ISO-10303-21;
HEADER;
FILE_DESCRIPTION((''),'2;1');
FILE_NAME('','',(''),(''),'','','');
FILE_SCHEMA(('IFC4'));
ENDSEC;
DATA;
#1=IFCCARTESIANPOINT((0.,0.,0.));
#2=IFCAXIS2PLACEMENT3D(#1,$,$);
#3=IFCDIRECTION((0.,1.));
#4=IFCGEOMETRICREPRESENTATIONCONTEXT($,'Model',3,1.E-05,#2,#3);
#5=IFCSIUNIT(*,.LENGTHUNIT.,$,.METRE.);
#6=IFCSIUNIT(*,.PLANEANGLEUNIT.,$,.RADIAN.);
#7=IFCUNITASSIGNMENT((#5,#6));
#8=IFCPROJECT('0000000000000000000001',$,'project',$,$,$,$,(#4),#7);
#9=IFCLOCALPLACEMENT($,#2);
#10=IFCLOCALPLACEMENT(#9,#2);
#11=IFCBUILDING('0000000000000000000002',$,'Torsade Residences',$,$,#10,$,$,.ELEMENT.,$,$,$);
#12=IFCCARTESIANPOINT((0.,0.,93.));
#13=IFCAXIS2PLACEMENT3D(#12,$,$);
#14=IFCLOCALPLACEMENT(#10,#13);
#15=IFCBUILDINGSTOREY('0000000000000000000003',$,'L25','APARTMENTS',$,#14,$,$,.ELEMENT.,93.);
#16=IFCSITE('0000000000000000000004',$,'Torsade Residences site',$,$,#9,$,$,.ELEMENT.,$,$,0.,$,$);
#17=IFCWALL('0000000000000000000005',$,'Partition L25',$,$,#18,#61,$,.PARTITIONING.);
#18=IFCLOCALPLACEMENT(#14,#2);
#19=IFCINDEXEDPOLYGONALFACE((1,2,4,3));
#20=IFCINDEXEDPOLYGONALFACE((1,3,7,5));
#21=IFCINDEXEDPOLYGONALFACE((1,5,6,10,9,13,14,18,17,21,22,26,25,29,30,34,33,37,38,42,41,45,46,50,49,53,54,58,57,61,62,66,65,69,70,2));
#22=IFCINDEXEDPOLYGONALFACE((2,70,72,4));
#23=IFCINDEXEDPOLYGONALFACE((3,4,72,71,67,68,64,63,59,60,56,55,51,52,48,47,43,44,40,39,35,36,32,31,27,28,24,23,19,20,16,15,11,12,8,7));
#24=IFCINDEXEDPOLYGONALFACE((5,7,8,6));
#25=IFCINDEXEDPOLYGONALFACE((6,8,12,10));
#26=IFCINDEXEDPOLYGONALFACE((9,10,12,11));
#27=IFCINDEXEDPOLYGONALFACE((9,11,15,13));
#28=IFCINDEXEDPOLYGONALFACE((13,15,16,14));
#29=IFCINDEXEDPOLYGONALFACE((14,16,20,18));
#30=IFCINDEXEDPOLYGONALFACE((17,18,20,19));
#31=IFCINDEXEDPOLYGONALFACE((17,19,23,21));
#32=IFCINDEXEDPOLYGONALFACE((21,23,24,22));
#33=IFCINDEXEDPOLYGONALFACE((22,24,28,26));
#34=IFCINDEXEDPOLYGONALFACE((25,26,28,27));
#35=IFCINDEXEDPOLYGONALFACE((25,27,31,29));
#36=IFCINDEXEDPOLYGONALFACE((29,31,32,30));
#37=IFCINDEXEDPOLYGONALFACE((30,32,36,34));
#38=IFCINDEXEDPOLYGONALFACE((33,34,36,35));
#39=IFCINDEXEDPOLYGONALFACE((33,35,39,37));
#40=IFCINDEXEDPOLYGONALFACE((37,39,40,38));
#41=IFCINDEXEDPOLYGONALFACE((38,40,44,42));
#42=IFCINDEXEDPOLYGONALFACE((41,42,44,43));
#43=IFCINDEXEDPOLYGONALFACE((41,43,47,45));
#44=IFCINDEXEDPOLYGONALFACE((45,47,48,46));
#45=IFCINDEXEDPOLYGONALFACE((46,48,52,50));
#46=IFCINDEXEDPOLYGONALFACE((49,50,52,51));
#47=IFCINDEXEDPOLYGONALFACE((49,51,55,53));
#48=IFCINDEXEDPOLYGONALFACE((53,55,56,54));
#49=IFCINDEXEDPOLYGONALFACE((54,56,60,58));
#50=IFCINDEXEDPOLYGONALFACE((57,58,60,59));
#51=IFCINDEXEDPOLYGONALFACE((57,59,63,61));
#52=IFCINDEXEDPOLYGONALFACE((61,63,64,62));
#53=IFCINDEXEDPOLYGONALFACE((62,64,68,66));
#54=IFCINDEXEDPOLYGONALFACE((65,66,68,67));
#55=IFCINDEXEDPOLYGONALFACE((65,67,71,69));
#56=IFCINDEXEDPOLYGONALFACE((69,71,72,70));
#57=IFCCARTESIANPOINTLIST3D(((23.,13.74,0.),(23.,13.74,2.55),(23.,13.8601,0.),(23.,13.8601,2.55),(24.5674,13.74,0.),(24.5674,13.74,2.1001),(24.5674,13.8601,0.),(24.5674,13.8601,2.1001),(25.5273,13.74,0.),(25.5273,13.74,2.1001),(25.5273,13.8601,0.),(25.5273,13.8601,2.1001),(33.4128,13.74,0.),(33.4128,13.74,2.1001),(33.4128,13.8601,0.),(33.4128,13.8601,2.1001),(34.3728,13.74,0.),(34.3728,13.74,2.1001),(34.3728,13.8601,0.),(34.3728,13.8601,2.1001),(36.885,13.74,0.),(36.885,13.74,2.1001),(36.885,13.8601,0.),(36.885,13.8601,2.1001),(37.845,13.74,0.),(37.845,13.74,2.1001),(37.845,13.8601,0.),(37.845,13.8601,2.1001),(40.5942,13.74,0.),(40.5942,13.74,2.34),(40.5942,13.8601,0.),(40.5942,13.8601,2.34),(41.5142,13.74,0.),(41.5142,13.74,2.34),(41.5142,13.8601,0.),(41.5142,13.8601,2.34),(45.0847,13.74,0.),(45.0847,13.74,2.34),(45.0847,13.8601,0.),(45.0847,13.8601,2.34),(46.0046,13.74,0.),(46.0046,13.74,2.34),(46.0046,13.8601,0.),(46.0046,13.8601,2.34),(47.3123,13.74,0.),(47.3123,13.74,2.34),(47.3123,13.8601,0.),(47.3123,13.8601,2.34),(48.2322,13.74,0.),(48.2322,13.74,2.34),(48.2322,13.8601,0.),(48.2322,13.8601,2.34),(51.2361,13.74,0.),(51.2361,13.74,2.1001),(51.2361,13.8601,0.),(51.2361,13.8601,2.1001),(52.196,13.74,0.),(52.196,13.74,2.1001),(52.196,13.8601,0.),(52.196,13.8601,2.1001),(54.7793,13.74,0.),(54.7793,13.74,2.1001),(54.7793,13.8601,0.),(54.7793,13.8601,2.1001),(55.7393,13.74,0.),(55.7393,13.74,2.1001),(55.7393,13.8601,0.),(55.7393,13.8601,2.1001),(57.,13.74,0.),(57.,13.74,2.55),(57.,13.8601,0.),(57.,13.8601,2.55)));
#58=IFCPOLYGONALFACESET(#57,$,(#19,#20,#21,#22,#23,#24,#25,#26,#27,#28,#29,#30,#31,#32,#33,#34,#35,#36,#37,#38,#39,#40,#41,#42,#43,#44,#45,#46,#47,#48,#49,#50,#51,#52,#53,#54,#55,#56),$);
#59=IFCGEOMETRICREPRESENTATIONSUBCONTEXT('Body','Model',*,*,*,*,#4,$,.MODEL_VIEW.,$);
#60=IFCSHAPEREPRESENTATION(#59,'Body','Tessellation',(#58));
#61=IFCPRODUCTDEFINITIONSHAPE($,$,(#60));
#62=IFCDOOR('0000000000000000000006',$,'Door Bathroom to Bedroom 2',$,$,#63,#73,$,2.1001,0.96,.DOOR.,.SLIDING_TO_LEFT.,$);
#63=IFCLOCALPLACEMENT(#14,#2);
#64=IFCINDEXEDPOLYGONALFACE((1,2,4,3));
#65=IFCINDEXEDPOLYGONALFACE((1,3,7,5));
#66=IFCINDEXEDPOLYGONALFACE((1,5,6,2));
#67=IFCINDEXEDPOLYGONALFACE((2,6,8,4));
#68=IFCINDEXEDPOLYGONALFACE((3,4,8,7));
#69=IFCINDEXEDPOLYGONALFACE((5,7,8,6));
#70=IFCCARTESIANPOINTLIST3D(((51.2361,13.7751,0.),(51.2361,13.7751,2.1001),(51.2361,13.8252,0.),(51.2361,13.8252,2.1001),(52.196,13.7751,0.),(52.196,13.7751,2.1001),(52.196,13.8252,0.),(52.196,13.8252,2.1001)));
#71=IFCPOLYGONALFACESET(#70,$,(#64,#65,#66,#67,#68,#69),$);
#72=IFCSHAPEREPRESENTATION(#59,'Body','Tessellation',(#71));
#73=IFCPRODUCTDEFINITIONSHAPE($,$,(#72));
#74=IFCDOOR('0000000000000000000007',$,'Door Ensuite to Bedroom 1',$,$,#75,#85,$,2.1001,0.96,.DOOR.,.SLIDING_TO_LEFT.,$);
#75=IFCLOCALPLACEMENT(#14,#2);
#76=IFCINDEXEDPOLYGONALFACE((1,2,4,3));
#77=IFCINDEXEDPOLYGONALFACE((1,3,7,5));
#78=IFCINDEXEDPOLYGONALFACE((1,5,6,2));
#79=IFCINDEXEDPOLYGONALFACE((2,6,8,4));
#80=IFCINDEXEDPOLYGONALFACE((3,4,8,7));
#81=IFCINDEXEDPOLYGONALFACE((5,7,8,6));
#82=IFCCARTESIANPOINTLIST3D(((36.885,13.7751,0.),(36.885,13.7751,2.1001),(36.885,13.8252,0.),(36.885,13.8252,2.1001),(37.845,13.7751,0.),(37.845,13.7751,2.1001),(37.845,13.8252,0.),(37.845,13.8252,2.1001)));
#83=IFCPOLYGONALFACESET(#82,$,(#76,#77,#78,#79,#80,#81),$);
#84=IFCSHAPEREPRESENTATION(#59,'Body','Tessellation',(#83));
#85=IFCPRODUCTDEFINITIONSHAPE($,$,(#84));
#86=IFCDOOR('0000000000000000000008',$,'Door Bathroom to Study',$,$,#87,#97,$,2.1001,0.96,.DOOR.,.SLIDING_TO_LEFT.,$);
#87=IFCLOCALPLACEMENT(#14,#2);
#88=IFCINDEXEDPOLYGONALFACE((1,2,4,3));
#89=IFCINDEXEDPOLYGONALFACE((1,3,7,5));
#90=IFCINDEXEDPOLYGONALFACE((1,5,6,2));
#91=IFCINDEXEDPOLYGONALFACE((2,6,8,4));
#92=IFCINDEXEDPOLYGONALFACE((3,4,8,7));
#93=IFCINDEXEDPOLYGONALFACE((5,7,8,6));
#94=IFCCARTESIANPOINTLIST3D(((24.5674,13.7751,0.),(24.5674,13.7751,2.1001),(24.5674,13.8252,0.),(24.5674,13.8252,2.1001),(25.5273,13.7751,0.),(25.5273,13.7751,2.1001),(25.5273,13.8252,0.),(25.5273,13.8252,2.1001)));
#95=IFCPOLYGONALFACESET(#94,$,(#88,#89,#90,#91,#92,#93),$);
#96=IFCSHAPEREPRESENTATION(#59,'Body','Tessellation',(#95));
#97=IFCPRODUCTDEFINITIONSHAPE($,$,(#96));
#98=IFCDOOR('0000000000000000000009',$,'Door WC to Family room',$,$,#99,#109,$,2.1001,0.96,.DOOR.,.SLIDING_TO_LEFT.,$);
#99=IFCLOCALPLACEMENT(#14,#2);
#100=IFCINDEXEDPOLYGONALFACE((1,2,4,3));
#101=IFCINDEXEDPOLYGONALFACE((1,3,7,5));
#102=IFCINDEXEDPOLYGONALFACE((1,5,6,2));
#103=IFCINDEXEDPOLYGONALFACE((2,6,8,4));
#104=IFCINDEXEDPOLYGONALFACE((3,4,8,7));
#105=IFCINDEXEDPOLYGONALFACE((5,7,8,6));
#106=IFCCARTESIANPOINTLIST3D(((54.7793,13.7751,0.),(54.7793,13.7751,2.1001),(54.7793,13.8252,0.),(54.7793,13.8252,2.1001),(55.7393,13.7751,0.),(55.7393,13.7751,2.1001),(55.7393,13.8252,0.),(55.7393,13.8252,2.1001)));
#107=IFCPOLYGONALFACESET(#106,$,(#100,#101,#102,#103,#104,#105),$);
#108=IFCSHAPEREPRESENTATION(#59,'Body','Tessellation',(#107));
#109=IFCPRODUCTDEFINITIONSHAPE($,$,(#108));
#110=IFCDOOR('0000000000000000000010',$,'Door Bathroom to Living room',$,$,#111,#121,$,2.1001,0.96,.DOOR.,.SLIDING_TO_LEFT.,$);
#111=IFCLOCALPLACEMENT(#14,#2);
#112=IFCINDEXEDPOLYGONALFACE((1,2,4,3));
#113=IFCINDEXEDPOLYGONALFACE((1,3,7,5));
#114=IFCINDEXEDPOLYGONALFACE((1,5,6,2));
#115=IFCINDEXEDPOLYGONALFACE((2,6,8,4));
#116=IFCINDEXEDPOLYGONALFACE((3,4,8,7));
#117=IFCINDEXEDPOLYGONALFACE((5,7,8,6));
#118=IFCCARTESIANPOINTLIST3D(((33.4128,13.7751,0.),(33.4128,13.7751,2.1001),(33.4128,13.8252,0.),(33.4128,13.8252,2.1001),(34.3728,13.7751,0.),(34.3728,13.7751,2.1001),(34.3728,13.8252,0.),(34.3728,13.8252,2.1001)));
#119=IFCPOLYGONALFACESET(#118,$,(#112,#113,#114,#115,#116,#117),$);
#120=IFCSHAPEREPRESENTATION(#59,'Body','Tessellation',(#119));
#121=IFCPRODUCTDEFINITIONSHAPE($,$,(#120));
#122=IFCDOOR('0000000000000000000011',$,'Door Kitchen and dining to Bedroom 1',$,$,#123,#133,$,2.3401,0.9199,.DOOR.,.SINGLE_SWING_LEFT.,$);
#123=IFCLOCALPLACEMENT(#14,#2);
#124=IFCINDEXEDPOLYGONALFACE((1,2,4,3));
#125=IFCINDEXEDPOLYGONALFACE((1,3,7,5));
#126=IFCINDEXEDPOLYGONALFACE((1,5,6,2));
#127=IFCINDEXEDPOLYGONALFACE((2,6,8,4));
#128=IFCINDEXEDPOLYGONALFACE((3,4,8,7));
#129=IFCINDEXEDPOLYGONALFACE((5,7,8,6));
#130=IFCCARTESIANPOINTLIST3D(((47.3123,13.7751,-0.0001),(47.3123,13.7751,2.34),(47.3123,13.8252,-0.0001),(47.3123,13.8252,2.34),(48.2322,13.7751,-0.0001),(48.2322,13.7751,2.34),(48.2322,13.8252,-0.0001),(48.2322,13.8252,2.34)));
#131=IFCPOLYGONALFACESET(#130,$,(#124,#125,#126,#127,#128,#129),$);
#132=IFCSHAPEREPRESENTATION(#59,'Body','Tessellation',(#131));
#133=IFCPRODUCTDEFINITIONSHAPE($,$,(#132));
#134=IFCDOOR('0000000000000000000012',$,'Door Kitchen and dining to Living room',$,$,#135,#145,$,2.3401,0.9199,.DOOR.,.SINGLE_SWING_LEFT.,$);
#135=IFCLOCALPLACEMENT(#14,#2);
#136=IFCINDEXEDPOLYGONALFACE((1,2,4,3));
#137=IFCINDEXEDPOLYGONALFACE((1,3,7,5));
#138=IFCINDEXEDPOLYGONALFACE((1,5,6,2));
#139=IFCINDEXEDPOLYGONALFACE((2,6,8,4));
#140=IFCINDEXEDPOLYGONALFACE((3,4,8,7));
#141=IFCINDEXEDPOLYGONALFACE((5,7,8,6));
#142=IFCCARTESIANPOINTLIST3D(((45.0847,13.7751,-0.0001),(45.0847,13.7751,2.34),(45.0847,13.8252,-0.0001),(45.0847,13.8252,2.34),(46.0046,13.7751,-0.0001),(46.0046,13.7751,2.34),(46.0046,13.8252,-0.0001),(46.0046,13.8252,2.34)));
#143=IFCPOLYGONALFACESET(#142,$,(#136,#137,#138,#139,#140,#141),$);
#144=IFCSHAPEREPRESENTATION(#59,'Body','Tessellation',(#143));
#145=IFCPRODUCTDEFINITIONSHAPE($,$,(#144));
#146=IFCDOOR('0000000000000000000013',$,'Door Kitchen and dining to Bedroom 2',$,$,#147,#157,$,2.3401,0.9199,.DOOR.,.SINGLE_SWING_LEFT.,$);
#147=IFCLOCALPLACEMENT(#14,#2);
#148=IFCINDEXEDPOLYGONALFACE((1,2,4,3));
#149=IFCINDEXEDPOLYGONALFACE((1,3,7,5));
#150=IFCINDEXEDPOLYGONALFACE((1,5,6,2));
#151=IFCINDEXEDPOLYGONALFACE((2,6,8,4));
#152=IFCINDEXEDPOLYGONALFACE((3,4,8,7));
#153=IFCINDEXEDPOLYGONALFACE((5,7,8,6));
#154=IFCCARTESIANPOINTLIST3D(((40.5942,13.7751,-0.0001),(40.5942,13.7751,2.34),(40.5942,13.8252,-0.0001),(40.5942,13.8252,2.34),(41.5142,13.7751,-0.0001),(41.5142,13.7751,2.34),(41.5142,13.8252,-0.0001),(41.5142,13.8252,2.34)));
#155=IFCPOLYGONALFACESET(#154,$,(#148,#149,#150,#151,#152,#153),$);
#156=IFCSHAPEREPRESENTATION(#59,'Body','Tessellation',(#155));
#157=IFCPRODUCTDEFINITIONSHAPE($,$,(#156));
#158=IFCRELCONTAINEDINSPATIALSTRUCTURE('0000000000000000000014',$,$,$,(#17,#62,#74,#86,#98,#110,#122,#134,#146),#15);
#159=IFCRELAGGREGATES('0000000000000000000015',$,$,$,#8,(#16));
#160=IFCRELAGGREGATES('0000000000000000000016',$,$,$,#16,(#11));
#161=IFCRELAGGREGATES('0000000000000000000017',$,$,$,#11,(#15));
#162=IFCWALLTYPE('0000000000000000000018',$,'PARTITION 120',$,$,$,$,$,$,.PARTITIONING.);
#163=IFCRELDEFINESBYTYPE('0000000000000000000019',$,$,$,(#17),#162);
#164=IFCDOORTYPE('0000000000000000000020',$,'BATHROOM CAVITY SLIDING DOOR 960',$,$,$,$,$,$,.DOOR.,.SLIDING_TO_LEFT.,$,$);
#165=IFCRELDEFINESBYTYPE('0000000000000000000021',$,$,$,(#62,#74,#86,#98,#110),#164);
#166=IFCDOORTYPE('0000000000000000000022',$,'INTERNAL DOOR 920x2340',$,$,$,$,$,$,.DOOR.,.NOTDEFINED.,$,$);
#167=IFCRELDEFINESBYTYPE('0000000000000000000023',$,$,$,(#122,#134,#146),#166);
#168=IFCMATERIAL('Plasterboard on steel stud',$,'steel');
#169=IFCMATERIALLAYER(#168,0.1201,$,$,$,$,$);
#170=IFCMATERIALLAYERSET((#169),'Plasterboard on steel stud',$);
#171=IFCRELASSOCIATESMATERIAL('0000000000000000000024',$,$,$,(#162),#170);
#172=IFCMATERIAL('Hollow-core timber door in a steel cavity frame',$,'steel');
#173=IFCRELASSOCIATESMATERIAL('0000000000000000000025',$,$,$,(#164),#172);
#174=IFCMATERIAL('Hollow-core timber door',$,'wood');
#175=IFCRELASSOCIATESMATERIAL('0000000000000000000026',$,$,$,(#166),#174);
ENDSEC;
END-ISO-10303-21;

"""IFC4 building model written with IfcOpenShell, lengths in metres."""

from ifc_helpers import new_model, si_unit, direction, frame, frame_2d, origin, place, context, subcontext, project, spatial, rectangle, extrude, material, layer, layer_set, type_object, element, fill, save


model = new_model("IFC4")

# Units and contexts
model_context = context("Model", 3, precision=1e-05, world=origin(), true_north=direction((0.0, 1.0)))
body_context = subcontext(model_context, "Body", "Model", "MODEL_VIEW")
ifc_project = project(units=[si_unit("LENGTHUNIT", "METRE"), si_unit("PLANEANGLEUNIT", "RADIAN")], contexts=[model_context])

# Site, building, storey
site_placement = place(None, origin())
site = spatial("IfcSite", under=ifc_project, at=site_placement, Name="Torsade Residences site", CompositionType="ELEMENT", RefElevation=0.0)
building_placement = place(site_placement, origin())
building = spatial("IfcBuilding", under=site, at=building_placement, Name="Torsade Residences", CompositionType="ELEMENT")
storey_placement = place(building_placement, frame((0.0, 0.0, 93.0)))
storey = spatial("IfcBuildingStorey", under=building, at=storey_placement, Name="L25", Description="APARTMENTS", CompositionType="ELEMENT", Elevation=93.0)

# Wall, openings, doors
ifc_material_1 = material(Name="Plasterboard on steel stud", Category="steel")
ifc_layer_1 = layer(ifc_material_1, 0.1201)
ifc_layer_set_1 = layer_set([ifc_layer_1], Name="Plasterboard on steel stud")
wall_type_1 = type_object("IfcWallType", Name="PARTITION 120", PredefinedType="PARTITIONING", material=ifc_layer_set_1)
wall_1_placement = place(storey_placement, frame((57.0, 13.8, 0.0), z_axis=(0.0, 0.0, 1.0), x_axis=(-1.0, 0.0, 0.0)))
wall_1 = element("IfcWall", 1, at=wall_1_placement, inside=storey, type_object=wall_type_1, Name="Partition L25", PredefinedType="PARTITIONING", context=body_context, shape_type="SweptSolid", body=[
    extrude(rectangle(XDim=34.0, YDim=0.1201, at=frame_2d((17.0, 0.0))), origin(), (0.0, 0.0, 1.0), 2.55),
])
opening_1_placement = place(wall_1_placement, frame((8.7678, 0.0, 0.0)))
opening_1 = element("IfcOpeningElement", 2, at=opening_1_placement, cuts=wall_1, PredefinedType="OPENING", context=body_context, shape_type="SweptSolid", body=[
    extrude(rectangle(XDim=0.9199, YDim=2.3401, at=frame_2d((0.46, 1.1699))), frame((0.0, 0.0701, 0.0), z_axis=(0.0, -1.0, 0.0), x_axis=(1.0, 0.0, 0.0)), (0.0, 0.0, 1.0), 0.1401),
])
opening_2_placement = place(wall_1_placement, frame((10.9954, 0.0, 0.0)))
opening_2 = element("IfcOpeningElement", 3, at=opening_2_placement, cuts=wall_1, PredefinedType="OPENING", context=body_context, shape_type="SweptSolid", body=[
    extrude(rectangle(XDim=0.9199, YDim=2.3401, at=frame_2d((0.46, 1.1699))), frame((0.0, 0.0701, 0.0), z_axis=(0.0, -1.0, 0.0), x_axis=(1.0, 0.0, 0.0)), (0.0, 0.0, 1.0), 0.1401),
])
opening_3_placement = place(wall_1_placement, frame((15.4858, 0.0, 0.0)))
opening_3 = element("IfcOpeningElement", 4, at=opening_3_placement, cuts=wall_1, PredefinedType="OPENING", context=body_context, shape_type="SweptSolid", body=[
    extrude(rectangle(XDim=0.9199, YDim=2.3401, at=frame_2d((0.46, 1.1699))), frame((0.0, 0.0701, 0.0), z_axis=(0.0, -1.0, 0.0), x_axis=(1.0, 0.0, 0.0)), (0.0, 0.0, 1.0), 0.1401),
])
opening_4_placement = place(wall_1_placement, frame((4.804, 0.0, 0.0)))
opening_4 = element("IfcOpeningElement", 5, at=opening_4_placement, cuts=wall_1, PredefinedType="OPENING", context=body_context, shape_type="SweptSolid", body=[
    extrude(rectangle(XDim=0.96, YDim=2.1001, at=frame_2d((0.48, 1.05))), frame((0.0, 0.0701, 0.0), z_axis=(0.0, -1.0, 0.0), x_axis=(1.0, 0.0, 0.0)), (0.0, 0.0, 1.0), 0.1401),
])
opening_5_placement = place(wall_1_placement, frame((19.155, 0.0, 0.0)))
opening_5 = element("IfcOpeningElement", 6, at=opening_5_placement, cuts=wall_1, PredefinedType="OPENING", context=body_context, shape_type="SweptSolid", body=[
    extrude(rectangle(XDim=0.96, YDim=2.1001, at=frame_2d((0.48, 1.05))), frame((0.0, 0.0701, 0.0), z_axis=(0.0, -1.0, 0.0), x_axis=(1.0, 0.0, 0.0)), (0.0, 0.0, 1.0), 0.1401),
])
opening_6_placement = place(wall_1_placement, frame((31.4727, 0.0, 0.0)))
opening_6 = element("IfcOpeningElement", 7, at=opening_6_placement, cuts=wall_1, PredefinedType="OPENING", context=body_context, shape_type="SweptSolid", body=[
    extrude(rectangle(XDim=0.96, YDim=2.1001, at=frame_2d((0.48, 1.05))), frame((0.0, 0.0701, 0.0), z_axis=(0.0, -1.0, 0.0), x_axis=(1.0, 0.0, 0.0)), (0.0, 0.0, 1.0), 0.1401),
])
opening_7_placement = place(wall_1_placement, frame((1.2607, 0.0, 0.0)))
opening_7 = element("IfcOpeningElement", 8, at=opening_7_placement, cuts=wall_1, PredefinedType="OPENING", context=body_context, shape_type="SweptSolid", body=[
    extrude(rectangle(XDim=0.96, YDim=2.1001, at=frame_2d((0.48, 1.05))), frame((0.0, 0.0701, 0.0), z_axis=(0.0, -1.0, 0.0), x_axis=(1.0, 0.0, 0.0)), (0.0, 0.0, 1.0), 0.1401),
])
opening_8_placement = place(wall_1_placement, frame((22.6272, 0.0, 0.0)))
opening_8 = element("IfcOpeningElement", 9, at=opening_8_placement, cuts=wall_1, PredefinedType="OPENING", context=body_context, shape_type="SweptSolid", body=[
    extrude(rectangle(XDim=0.96, YDim=2.1001, at=frame_2d((0.48, 1.05))), frame((0.0, 0.0701, 0.0), z_axis=(0.0, -1.0, 0.0), x_axis=(1.0, 0.0, 0.0)), (0.0, 0.0, 1.0), 0.1401),
])
ifc_material_2 = material(Name="Hollow-core timber door in a steel cavity frame", Category="steel")
door_type_1 = type_object("IfcDoorType", Name="BATHROOM CAVITY SLIDING DOOR 960", OperationType="SLIDING_TO_LEFT", PredefinedType="DOOR", material=ifc_material_2)
door_1_placement = place(opening_4_placement, origin())
door_1 = element("IfcDoor", 10, at=door_1_placement, inside=storey, type_object=door_type_1, Name="Door Bathroom to Bedroom 2", OperationType="SLIDING_TO_LEFT", OverallHeight=2.1001, OverallWidth=0.96, PredefinedType="DOOR", context=body_context, shape_type="SweptSolid", body=[
    extrude(rectangle(XDim=0.96, YDim=2.1001, at=frame_2d((0.48, 1.05))), frame((0.0, 0.0249, 0.0), z_axis=(0.0, -1.0, 0.0), x_axis=(1.0, 0.0, 0.0)), (0.0, 0.0, 1.0), 0.05),
])
fill(opening_4, door_1)
door_2_placement = place(opening_5_placement, origin())
door_2 = element("IfcDoor", 11, at=door_2_placement, inside=storey, type_object=door_type_1, Name="Door Ensuite to Bedroom 1", OperationType="SLIDING_TO_LEFT", OverallHeight=2.1001, OverallWidth=0.96, PredefinedType="DOOR", context=body_context, shape_type="SweptSolid", body=[
    extrude(rectangle(XDim=0.96, YDim=2.1001, at=frame_2d((0.48, 1.05))), frame((0.0, 0.0249, 0.0), z_axis=(0.0, -1.0, 0.0), x_axis=(1.0, 0.0, 0.0)), (0.0, 0.0, 1.0), 0.05),
])
fill(opening_5, door_2)
door_3_placement = place(opening_6_placement, origin())
door_3 = element("IfcDoor", 12, at=door_3_placement, inside=storey, type_object=door_type_1, Name="Door Bathroom to Study", OperationType="SLIDING_TO_LEFT", OverallHeight=2.1001, OverallWidth=0.96, PredefinedType="DOOR", context=body_context, shape_type="SweptSolid", body=[
    extrude(rectangle(XDim=0.96, YDim=2.1001, at=frame_2d((0.48, 1.05))), frame((0.0, 0.0249, 0.0), z_axis=(0.0, -1.0, 0.0), x_axis=(1.0, 0.0, 0.0)), (0.0, 0.0, 1.0), 0.05),
])
fill(opening_6, door_3)
door_4_placement = place(opening_7_placement, origin())
door_4 = element("IfcDoor", 13, at=door_4_placement, inside=storey, type_object=door_type_1, Name="Door WC to Family room", OperationType="SLIDING_TO_LEFT", OverallHeight=2.1001, OverallWidth=0.96, PredefinedType="DOOR", context=body_context, shape_type="SweptSolid", body=[
    extrude(rectangle(XDim=0.96, YDim=2.1001, at=frame_2d((0.48, 1.05))), frame((0.0, 0.0249, 0.0), z_axis=(0.0, -1.0, 0.0), x_axis=(1.0, 0.0, 0.0)), (0.0, 0.0, 1.0), 0.05),
])
fill(opening_7, door_4)
door_5_placement = place(opening_8_placement, origin())
door_5 = element("IfcDoor", 14, at=door_5_placement, inside=storey, type_object=door_type_1, Name="Door Bathroom to Living room", OperationType="SLIDING_TO_LEFT", OverallHeight=2.1001, OverallWidth=0.96, PredefinedType="DOOR", context=body_context, shape_type="SweptSolid", body=[
    extrude(rectangle(XDim=0.96, YDim=2.1001, at=frame_2d((0.48, 1.05))), frame((0.0, 0.0249, 0.0), z_axis=(0.0, -1.0, 0.0), x_axis=(1.0, 0.0, 0.0)), (0.0, 0.0, 1.0), 0.05),
])
fill(opening_8, door_5)
ifc_material_3 = material(Name="Hollow-core timber door", Category="wood")
door_type_2 = type_object("IfcDoorType", Name="INTERNAL DOOR 920x2340", OperationType="NOTDEFINED", PredefinedType="DOOR", material=ifc_material_3)
door_6_placement = place(opening_1_placement, origin())
door_6 = element("IfcDoor", 15, at=door_6_placement, inside=storey, type_object=door_type_2, Name="Door Kitchen and dining to Bedroom 1", OperationType="SINGLE_SWING_LEFT", OverallHeight=2.3401, OverallWidth=0.9199, PredefinedType="DOOR", context=body_context, shape_type="SweptSolid", body=[
    extrude(rectangle(XDim=0.9199, YDim=2.3401, at=frame_2d((0.46, 1.1699))), frame((0.0, 0.0249, 0.0), z_axis=(0.0, -1.0, 0.0), x_axis=(1.0, 0.0, 0.0)), (0.0, 0.0, 1.0), 0.05),
])
fill(opening_1, door_6)
door_7_placement = place(opening_2_placement, origin())
door_7 = element("IfcDoor", 16, at=door_7_placement, inside=storey, type_object=door_type_2, Name="Door Kitchen and dining to Living room", OperationType="SINGLE_SWING_LEFT", OverallHeight=2.3401, OverallWidth=0.9199, PredefinedType="DOOR", context=body_context, shape_type="SweptSolid", body=[
    extrude(rectangle(XDim=0.9199, YDim=2.3401, at=frame_2d((0.46, 1.1699))), frame((0.0, 0.0249, 0.0), z_axis=(0.0, -1.0, 0.0), x_axis=(1.0, 0.0, 0.0)), (0.0, 0.0, 1.0), 0.05),
])
fill(opening_2, door_7)
door_8_placement = place(opening_3_placement, origin())
door_8 = element("IfcDoor", 17, at=door_8_placement, inside=storey, type_object=door_type_2, Name="Door Kitchen and dining to Bedroom 2", OperationType="SINGLE_SWING_LEFT", OverallHeight=2.3401, OverallWidth=0.9199, PredefinedType="DOOR", context=body_context, shape_type="SweptSolid", body=[
    extrude(rectangle(XDim=0.9199, YDim=2.3401, at=frame_2d((0.46, 1.1699))), frame((0.0, 0.0249, 0.0), z_axis=(0.0, -1.0, 0.0), x_axis=(1.0, 0.0, 0.0)), (0.0, 0.0, 1.0), 0.05),
])
fill(opening_3, door_8)

save(model, "model.ifc")
